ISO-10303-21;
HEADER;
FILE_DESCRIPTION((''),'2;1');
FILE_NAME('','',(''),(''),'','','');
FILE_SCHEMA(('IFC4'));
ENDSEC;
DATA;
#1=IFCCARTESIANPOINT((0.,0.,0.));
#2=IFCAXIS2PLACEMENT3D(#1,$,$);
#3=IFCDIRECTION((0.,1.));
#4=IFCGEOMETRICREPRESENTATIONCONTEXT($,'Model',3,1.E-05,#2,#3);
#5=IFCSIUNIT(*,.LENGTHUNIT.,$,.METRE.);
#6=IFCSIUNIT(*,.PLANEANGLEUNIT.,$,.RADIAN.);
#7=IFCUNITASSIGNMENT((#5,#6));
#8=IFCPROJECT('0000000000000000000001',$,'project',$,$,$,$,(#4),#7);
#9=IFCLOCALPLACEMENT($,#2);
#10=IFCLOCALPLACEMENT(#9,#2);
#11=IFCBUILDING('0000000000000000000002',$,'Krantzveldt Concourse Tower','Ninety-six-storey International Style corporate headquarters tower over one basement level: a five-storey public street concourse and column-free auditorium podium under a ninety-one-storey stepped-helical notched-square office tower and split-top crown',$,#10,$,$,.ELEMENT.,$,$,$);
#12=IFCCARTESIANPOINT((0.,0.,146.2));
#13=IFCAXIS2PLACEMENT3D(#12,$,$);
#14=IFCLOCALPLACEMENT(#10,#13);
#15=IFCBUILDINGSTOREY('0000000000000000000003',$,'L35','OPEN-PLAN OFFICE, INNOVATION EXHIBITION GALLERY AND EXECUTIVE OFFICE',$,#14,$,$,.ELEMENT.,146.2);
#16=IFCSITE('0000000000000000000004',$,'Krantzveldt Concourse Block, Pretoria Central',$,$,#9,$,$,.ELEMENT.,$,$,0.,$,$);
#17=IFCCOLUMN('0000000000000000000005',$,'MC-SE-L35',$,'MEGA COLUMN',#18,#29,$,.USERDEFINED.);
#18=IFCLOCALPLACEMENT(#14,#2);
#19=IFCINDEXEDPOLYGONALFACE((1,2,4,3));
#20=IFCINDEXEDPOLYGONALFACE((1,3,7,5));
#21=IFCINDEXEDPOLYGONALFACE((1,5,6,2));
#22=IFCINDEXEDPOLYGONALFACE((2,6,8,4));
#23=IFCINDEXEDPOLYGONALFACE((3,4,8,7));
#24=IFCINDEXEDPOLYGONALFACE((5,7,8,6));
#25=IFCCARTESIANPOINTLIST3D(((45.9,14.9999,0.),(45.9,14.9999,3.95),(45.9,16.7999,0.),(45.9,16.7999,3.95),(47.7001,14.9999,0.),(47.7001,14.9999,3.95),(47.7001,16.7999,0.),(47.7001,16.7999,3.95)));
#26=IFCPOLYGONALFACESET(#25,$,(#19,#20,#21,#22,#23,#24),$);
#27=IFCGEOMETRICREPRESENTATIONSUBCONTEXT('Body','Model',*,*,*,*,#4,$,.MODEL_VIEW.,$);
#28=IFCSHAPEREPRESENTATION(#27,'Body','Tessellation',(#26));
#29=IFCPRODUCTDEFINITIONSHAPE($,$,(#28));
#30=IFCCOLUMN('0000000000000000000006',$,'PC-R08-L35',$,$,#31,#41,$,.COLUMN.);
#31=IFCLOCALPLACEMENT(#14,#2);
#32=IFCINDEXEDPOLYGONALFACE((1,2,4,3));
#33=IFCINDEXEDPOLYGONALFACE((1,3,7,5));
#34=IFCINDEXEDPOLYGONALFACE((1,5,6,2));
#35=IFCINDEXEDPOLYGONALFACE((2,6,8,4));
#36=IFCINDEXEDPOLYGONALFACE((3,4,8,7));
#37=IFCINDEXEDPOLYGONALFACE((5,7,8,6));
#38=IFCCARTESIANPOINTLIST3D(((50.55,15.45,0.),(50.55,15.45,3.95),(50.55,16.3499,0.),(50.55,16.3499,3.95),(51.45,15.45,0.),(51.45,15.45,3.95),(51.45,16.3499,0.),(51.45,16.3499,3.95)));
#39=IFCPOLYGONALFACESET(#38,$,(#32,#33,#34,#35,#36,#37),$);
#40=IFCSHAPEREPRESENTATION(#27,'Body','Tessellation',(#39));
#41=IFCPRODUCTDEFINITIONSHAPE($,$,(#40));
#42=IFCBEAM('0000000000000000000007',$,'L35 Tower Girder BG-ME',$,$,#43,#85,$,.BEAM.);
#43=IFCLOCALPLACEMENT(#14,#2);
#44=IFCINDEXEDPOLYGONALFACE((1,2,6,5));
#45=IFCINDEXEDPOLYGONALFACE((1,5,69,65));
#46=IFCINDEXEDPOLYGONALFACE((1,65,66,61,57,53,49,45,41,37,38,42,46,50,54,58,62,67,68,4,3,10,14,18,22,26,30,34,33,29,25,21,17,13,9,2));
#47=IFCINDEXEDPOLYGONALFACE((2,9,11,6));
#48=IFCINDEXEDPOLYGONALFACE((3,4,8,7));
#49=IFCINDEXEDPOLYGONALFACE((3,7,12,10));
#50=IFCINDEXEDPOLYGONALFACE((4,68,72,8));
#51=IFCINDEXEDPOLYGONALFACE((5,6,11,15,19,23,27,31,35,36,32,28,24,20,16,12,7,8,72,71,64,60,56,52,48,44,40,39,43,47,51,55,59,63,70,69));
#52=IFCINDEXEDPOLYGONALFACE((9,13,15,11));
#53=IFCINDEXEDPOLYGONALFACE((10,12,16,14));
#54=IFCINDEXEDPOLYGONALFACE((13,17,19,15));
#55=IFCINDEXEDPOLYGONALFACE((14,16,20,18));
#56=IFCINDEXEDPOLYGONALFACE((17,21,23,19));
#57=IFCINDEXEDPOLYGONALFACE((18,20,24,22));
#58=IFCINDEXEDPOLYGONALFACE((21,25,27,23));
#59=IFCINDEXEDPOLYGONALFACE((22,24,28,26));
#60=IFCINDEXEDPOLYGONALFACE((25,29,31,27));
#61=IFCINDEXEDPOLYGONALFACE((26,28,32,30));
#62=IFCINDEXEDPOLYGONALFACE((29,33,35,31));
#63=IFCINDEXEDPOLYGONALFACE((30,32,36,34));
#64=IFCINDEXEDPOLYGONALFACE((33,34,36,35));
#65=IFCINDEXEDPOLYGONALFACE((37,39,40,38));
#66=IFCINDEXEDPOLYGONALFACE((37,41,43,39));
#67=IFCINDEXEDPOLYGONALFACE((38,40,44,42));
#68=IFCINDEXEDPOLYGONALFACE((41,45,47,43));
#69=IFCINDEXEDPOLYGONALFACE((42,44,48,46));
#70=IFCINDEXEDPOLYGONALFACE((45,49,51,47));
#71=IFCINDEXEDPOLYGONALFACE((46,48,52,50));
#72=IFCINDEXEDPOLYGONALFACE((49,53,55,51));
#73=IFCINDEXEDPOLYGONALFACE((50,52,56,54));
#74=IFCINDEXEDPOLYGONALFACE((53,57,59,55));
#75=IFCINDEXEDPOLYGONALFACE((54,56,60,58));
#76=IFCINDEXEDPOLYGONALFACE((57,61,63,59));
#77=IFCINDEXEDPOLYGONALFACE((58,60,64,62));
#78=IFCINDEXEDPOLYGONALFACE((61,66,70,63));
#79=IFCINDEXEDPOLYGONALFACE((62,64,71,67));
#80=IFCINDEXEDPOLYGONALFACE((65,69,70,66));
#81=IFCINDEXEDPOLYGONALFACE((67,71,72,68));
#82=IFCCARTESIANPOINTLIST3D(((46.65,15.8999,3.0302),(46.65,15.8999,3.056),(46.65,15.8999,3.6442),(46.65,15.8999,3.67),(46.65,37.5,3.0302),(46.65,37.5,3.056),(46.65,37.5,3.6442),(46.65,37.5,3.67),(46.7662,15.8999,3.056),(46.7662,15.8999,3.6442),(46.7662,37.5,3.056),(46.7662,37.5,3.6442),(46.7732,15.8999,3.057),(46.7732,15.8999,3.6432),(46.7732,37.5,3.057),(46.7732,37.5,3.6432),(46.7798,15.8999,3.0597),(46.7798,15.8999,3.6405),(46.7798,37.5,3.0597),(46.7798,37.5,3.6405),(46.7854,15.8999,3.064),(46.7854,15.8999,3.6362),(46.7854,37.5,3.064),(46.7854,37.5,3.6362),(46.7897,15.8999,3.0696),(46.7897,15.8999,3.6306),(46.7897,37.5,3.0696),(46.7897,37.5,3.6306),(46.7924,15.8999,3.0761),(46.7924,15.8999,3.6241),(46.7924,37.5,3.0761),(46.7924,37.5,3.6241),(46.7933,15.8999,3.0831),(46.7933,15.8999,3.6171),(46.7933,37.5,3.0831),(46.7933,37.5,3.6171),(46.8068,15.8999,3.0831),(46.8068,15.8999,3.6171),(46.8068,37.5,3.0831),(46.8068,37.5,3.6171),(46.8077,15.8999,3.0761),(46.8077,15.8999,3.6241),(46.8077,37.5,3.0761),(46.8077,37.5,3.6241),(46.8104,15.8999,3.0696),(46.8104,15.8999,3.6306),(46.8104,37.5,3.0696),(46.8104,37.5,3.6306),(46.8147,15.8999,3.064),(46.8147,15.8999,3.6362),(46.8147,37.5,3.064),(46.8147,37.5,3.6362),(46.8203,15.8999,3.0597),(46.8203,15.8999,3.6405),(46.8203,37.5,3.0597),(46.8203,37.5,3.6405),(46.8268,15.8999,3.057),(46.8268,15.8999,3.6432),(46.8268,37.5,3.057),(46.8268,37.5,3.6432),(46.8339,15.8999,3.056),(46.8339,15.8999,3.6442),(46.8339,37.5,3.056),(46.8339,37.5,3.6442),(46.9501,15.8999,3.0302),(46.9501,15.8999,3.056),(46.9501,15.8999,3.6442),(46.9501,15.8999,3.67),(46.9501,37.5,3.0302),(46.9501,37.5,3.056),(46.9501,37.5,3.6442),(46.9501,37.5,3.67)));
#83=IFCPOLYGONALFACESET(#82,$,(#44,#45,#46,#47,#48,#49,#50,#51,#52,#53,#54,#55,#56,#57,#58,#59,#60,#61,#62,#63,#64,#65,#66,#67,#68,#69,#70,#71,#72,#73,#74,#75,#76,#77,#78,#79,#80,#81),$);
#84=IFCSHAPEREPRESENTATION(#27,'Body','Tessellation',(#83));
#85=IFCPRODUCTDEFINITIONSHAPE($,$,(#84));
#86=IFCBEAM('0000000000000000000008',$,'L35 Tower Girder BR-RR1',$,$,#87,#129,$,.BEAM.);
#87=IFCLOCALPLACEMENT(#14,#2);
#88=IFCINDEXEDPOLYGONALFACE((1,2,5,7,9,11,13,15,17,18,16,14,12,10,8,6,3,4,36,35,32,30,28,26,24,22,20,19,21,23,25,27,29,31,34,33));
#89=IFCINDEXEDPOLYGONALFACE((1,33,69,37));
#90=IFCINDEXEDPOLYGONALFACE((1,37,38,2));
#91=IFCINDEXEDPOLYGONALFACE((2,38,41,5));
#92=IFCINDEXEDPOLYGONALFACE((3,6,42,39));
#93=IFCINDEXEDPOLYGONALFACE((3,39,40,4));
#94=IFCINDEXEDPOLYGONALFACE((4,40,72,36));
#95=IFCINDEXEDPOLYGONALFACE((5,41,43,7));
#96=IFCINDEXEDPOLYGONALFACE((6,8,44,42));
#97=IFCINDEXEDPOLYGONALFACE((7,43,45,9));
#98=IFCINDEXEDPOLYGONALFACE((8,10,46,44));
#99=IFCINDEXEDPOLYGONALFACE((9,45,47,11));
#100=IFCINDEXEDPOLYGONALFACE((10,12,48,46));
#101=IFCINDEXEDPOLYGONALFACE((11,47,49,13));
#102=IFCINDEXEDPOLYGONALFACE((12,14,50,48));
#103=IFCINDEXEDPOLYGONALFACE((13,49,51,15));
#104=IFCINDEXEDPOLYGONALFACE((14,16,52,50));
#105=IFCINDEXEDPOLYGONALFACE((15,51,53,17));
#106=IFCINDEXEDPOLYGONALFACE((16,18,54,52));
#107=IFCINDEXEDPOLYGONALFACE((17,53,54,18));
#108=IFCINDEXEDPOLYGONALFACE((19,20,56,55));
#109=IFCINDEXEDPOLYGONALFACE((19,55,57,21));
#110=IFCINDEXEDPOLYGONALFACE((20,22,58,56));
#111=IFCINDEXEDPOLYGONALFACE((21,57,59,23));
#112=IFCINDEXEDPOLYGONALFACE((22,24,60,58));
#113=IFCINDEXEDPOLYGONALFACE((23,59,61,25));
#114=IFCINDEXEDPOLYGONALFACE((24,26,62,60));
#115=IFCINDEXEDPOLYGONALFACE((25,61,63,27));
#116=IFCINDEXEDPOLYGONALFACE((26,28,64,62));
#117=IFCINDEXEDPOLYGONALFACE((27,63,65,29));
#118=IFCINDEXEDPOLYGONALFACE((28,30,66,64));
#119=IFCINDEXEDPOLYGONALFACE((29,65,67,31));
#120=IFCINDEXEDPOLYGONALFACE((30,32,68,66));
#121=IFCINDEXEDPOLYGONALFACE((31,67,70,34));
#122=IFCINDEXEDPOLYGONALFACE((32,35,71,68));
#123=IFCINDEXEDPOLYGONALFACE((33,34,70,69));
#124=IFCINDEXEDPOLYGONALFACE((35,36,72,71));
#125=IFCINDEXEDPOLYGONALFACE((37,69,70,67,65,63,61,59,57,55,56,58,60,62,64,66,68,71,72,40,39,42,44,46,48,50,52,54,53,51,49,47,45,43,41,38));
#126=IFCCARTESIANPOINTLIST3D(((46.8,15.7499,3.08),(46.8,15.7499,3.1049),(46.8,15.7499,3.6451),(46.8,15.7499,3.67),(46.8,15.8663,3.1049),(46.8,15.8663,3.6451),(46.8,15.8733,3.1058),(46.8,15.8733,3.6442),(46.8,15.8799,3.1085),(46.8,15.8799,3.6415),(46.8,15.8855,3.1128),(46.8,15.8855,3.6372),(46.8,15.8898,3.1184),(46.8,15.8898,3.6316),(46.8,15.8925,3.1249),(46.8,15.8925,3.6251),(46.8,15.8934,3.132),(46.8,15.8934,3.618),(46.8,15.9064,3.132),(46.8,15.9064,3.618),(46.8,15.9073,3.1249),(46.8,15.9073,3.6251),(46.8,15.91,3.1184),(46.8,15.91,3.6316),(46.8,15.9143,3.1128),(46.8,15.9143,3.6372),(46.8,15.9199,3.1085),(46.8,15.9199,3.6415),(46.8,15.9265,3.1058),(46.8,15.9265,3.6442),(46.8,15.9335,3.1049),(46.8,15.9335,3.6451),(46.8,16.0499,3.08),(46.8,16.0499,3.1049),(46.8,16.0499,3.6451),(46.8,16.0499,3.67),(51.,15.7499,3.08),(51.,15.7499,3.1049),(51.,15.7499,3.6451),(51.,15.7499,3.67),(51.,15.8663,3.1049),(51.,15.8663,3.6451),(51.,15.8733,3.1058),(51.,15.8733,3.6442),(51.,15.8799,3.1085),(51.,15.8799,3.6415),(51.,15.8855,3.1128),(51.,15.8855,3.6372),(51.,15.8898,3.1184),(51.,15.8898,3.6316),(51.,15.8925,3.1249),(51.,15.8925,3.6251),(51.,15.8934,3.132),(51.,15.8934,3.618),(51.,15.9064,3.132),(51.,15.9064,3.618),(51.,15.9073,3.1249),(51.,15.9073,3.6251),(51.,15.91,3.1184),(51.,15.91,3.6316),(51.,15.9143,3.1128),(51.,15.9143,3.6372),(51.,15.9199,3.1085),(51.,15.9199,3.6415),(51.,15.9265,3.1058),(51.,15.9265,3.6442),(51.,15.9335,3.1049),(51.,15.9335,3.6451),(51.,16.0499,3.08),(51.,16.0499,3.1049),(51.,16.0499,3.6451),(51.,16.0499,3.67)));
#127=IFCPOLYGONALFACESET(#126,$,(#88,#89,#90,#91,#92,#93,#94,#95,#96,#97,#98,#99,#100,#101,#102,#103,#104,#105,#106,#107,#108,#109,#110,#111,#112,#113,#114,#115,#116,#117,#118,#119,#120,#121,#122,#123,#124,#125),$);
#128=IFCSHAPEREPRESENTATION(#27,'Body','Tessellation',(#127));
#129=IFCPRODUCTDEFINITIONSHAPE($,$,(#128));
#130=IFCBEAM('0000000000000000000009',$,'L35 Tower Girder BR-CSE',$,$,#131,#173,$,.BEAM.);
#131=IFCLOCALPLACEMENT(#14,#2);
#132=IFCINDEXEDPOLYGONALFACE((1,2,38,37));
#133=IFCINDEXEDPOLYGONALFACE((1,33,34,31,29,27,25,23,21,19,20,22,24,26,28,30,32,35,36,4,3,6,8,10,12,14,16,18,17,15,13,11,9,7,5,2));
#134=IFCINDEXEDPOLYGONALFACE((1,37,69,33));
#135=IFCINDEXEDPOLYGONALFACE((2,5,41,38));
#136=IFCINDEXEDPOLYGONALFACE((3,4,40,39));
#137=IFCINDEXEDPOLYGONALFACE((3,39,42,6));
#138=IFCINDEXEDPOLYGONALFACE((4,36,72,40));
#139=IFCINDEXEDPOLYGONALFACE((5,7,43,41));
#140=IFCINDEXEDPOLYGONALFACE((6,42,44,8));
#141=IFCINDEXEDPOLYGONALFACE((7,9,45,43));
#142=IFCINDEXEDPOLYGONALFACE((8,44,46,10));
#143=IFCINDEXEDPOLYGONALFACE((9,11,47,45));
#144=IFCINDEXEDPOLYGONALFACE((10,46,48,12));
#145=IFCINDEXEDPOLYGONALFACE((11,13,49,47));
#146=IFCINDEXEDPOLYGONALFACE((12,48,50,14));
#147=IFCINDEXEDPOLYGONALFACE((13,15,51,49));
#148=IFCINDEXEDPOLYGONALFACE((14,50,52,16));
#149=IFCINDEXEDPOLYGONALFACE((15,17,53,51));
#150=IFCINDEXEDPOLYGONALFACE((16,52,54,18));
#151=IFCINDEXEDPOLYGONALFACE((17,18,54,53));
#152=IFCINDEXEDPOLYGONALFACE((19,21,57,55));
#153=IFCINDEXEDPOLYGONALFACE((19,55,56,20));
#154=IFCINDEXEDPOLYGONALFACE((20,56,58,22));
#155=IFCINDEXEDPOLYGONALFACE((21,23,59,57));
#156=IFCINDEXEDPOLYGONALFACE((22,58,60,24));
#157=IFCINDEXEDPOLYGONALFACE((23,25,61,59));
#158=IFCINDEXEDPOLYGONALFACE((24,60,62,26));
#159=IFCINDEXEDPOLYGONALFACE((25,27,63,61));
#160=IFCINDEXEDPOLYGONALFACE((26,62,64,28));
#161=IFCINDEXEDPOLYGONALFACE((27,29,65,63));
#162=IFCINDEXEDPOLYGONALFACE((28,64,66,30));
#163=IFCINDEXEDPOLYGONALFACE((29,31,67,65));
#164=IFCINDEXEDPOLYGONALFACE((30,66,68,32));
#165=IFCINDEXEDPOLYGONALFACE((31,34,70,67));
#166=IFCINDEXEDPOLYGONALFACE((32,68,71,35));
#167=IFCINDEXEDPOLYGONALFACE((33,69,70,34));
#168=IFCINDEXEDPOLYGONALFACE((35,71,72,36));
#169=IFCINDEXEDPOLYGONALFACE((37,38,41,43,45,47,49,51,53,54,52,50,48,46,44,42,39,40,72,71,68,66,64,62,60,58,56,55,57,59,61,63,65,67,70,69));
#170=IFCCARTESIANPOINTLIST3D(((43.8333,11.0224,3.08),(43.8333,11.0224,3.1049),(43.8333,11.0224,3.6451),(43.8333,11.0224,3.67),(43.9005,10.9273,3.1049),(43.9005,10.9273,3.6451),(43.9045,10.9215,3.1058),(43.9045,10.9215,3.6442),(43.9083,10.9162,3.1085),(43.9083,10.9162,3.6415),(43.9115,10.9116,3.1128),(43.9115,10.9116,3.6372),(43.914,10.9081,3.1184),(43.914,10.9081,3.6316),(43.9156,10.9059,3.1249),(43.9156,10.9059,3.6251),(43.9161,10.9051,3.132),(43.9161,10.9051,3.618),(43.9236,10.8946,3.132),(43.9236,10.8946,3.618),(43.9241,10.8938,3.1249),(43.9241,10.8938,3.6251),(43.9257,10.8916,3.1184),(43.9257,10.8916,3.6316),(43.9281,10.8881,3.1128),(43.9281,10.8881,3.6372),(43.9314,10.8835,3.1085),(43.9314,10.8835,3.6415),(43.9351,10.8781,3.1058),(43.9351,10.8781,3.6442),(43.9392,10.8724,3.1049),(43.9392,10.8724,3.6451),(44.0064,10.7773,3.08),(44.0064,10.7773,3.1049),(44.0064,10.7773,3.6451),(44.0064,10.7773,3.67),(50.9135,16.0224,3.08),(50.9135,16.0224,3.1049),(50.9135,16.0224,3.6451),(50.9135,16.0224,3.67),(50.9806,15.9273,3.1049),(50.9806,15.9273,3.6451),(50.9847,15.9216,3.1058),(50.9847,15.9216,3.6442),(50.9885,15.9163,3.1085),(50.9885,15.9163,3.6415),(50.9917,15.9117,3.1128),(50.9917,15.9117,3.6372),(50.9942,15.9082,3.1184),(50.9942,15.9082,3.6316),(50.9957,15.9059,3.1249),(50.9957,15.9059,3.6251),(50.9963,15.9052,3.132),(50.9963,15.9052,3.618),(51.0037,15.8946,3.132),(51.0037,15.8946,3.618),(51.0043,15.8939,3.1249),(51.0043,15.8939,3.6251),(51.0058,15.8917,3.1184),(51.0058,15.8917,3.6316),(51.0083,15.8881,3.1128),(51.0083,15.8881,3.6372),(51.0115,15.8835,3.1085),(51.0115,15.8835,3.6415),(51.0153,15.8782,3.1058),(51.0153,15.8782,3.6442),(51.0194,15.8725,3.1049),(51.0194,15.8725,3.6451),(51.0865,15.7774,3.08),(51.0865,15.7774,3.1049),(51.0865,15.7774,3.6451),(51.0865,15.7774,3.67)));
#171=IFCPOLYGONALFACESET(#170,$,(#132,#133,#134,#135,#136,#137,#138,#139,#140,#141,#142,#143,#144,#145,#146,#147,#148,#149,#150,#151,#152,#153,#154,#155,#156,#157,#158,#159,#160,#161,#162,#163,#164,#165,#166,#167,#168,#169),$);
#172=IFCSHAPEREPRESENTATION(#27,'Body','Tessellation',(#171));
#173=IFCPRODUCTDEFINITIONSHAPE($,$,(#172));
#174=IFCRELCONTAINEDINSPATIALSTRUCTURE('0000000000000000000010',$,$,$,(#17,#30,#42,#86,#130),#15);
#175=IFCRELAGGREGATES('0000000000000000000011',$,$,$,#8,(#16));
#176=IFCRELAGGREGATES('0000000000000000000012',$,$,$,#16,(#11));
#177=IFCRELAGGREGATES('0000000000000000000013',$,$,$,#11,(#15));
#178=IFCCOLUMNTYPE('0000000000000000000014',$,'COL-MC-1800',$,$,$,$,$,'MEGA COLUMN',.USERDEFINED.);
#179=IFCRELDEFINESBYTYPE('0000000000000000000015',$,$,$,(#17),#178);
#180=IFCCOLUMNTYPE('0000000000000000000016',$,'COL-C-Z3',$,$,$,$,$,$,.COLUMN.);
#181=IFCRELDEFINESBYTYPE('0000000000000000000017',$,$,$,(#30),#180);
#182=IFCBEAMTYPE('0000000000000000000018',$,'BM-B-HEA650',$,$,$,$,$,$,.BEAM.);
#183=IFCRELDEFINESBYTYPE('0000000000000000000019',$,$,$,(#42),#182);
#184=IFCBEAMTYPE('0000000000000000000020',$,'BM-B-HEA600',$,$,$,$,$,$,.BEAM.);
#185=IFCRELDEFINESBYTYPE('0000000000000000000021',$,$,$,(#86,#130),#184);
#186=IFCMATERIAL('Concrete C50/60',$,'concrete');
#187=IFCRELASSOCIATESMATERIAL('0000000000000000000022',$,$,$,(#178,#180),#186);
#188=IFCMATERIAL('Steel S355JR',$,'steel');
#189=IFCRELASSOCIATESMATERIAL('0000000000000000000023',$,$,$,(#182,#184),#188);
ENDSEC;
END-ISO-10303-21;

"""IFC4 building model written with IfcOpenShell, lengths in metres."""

from ifc_helpers import new_model, si_unit, direction, frame, origin, origin_2d, place, context, subcontext, project, spatial, rectangle, i_section, extrude, source, transform, mapped, material, material_profile, profile_set, type_object, type_shapes, element, save


model = new_model("IFC4")

# Units and contexts
model_context = context("Model", 3, precision=1e-05, world=origin(), true_north=direction((0.0, 1.0)))
body_context = subcontext(model_context, "Body", "Model", "MODEL_VIEW")
ifc_project = project(units=[si_unit("LENGTHUNIT", "METRE"), si_unit("PLANEANGLEUNIT", "RADIAN")], contexts=[model_context])

# Site, building, storey
site_placement = place(None, origin())
site = spatial("IfcSite", under=ifc_project, at=site_placement, Name="Krantzveldt Concourse Block, Pretoria Central", CompositionType="ELEMENT", RefElevation=0.0)
building_placement = place(site_placement, origin())
building = spatial("IfcBuilding", under=site, at=building_placement, Name="Krantzveldt Concourse Tower", Description="Ninety-six-storey International Style corporate headquarters tower over one basement level: a five-storey public street concourse and column-free auditorium podium under a ninety-one-storey stepped-helical notched-square office tower and split-top crown", CompositionType="ELEMENT")
storey_placement = place(building_placement, frame((0.0, 0.0, 146.2)))
storey = spatial("IfcBuildingStorey", under=building, at=storey_placement, Name="L35", Description="OPEN-PLAN OFFICE, INNOVATION EXHIBITION GALLERY AND EXECUTIVE OFFICE", CompositionType="ELEMENT", Elevation=146.2)

# Columns
ifc_material_1 = material(Name="Concrete C50/60", Category="concrete")
ifc_material_profile_1 = material_profile(ifc_material_1, rectangle(XDim=1.8, YDim=1.8, at=origin_2d()), Name="Concrete C50/60", Category="concrete")
ifc_profile_set_1 = profile_set([ifc_material_profile_1], Name="Concrete C50/60 - RC 1800x1800")
column_type_1 = type_object("IfcColumnType", Name="COL-MC-1800", ElementType="MEGA COLUMN", PredefinedType="USERDEFINED", material=ifc_profile_set_1)
shared_shape_1 = source(origin(), body_context, "Body", "SweptSolid", [
    extrude(rectangle(XDim=1.8, YDim=1.8, at=origin_2d()), origin(), (0.0, 0.0, 1.0), 3.95),
])
type_shapes(column_type_1, [shared_shape_1])
column_1_placement = place(storey_placement, frame((46.8, 15.8999, 0.0), z_axis=(0.0, 0.0, 1.0), x_axis=(1.0, 0.0, 0.0)))
element("IfcColumn", 1, at=column_1_placement, inside=storey, type_object=column_type_1, Name="MC-SE-L35", ObjectType="MEGA COLUMN", PredefinedType="USERDEFINED", context=body_context, shape_type="MappedRepresentation", body=[
    mapped(shared_shape_1, transform((0.0, 0.0, 0.0), x_axis=(1.0, 0.0, 0.0), y_axis=(0.0, 1.0, 0.0), z_axis=(0.0, 0.0, 1.0), scale=1.0)),
])
ifc_material_profile_2 = material_profile(ifc_material_1, rectangle(XDim=0.8999, YDim=0.8999, at=origin_2d()), Name="Concrete C50/60", Category="concrete")
ifc_profile_set_2 = profile_set([ifc_material_profile_2], Name="Concrete C50/60 - RC 900x900")
column_type_2 = type_object("IfcColumnType", Name="COL-C-Z3", PredefinedType="COLUMN", material=ifc_profile_set_2)
shared_shape_2 = source(origin(), body_context, "Body", "SweptSolid", [
    extrude(rectangle(XDim=0.8999, YDim=0.8999, at=origin_2d()), origin(), (0.0, 0.0, 1.0), 3.95),
])
type_shapes(column_type_2, [shared_shape_2])
column_2_placement = place(storey_placement, frame((51.0, 15.8999, 0.0), z_axis=(0.0, 0.0, 1.0), x_axis=(1.0, 0.0, 0.0)))
element("IfcColumn", 2, at=column_2_placement, inside=storey, type_object=column_type_2, Name="PC-R08-L35", PredefinedType="COLUMN", context=body_context, shape_type="MappedRepresentation", body=[
    mapped(shared_shape_2, transform((0.0, 0.0, 0.0), x_axis=(1.0, 0.0, 0.0), y_axis=(0.0, 1.0, 0.0), z_axis=(0.0, 0.0, 1.0), scale=1.0)),
])

# Beams
ifc_material_2 = material(Name="Steel S355JR", Category="steel")
ifc_material_profile_3 = material_profile(ifc_material_2, i_section(OverallWidth=0.3, OverallDepth=0.6399, WebThickness=0.0134, FlangeThickness=0.0259, FilletRadius=0.0271, at=origin_2d()), Name="Steel S355JR", Category="steel")
ifc_profile_set_3 = profile_set([ifc_material_profile_3], Name="Steel S355JR - HEA 650")
beam_type_1 = type_object("IfcBeamType", Name="BM-B-HEA650", PredefinedType="BEAM", material=ifc_profile_set_3)
shared_shape_3 = source(origin(), body_context, "Body", "SweptSolid", [
    extrude(i_section(OverallWidth=0.3, OverallDepth=0.6399, WebThickness=0.0134, FlangeThickness=0.0259, FilletRadius=0.0271, at=origin_2d()), origin(), (0.0, 0.0, 1.0), 21.6001),
])
beam_1_placement = place(storey_placement, frame((46.8, 15.8999, 3.3501), z_axis=(0.0, 1.0, 0.0), x_axis=(-1.0, 0.0, 0.0)))
element("IfcBeam", 3, at=beam_1_placement, inside=storey, type_object=beam_type_1, Name="L35 Tower Girder BG-ME", PredefinedType="BEAM", context=body_context, shape_type="MappedRepresentation", body=[
    mapped(shared_shape_3, transform((0.0, 0.0, 0.0), x_axis=(1.0, 0.0, 0.0), y_axis=(0.0, 1.0, 0.0), z_axis=(0.0, 0.0, 1.0), scale=1.0)),
])
ifc_material_profile_4 = material_profile(ifc_material_2, i_section(OverallWidth=0.3, OverallDepth=0.5901, WebThickness=0.0129, FlangeThickness=0.0249, FilletRadius=0.0271, at=origin_2d()), Name="Steel S355JR", Category="steel")
ifc_profile_set_4 = profile_set([ifc_material_profile_4], Name="Steel S355JR - HEA 600")
beam_type_2 = type_object("IfcBeamType", Name="BM-B-HEA600", PredefinedType="BEAM", material=ifc_profile_set_4)
shared_shape_4 = source(origin(), body_context, "Body", "SweptSolid", [
    extrude(i_section(OverallWidth=0.3, OverallDepth=0.5901, WebThickness=0.0129, FlangeThickness=0.0249, FilletRadius=0.0271, at=origin_2d()), origin(), (0.0, 0.0, 1.0), 4.2),
])
beam_2_placement = place(storey_placement, frame((46.8, 15.8999, 3.375), z_axis=(1.0, 0.0, 0.0), x_axis=(0.0, 1.0, 0.0)))
element("IfcBeam", 4, at=beam_2_placement, inside=storey, type_object=beam_type_2, Name="L35 Tower Girder BR-RR1", PredefinedType="BEAM", context=body_context, shape_type="MappedRepresentation", body=[
    mapped(shared_shape_4, transform((0.0, 0.0, 0.0), x_axis=(1.0, 0.0, 0.0), y_axis=(0.0, 1.0, 0.0), z_axis=(0.0, 0.0, 1.0), scale=1.0)),
])
shared_shape_5 = source(origin(), body_context, "Body", "SweptSolid", [
    extrude(i_section(OverallWidth=0.3, OverallDepth=0.5901, WebThickness=0.0129, FlangeThickness=0.0249, FilletRadius=0.0271, at=origin_2d()), origin(), (0.0, 0.0, 1.0), 8.6677),
])
type_shapes(beam_type_2, [shared_shape_4, shared_shape_5])
beam_3_placement = place(storey_placement, frame((51.0, 15.8999, 3.375), z_axis=(-0.816843, -0.57686, 0.0), x_axis=(0.57686, -0.816843, 0.0)))
element("IfcBeam", 5, at=beam_3_placement, inside=storey, type_object=beam_type_2, Name="L35 Tower Girder BR-CSE", PredefinedType="BEAM", context=body_context, shape_type="MappedRepresentation", body=[
    mapped(shared_shape_5, transform((0.0, 0.0, 0.0), x_axis=(1.0, 0.0, 0.0), y_axis=(0.0, 1.0, 0.0), z_axis=(0.0, 0.0, 1.0), scale=1.0)),
])

save(model, "model.ifc")
